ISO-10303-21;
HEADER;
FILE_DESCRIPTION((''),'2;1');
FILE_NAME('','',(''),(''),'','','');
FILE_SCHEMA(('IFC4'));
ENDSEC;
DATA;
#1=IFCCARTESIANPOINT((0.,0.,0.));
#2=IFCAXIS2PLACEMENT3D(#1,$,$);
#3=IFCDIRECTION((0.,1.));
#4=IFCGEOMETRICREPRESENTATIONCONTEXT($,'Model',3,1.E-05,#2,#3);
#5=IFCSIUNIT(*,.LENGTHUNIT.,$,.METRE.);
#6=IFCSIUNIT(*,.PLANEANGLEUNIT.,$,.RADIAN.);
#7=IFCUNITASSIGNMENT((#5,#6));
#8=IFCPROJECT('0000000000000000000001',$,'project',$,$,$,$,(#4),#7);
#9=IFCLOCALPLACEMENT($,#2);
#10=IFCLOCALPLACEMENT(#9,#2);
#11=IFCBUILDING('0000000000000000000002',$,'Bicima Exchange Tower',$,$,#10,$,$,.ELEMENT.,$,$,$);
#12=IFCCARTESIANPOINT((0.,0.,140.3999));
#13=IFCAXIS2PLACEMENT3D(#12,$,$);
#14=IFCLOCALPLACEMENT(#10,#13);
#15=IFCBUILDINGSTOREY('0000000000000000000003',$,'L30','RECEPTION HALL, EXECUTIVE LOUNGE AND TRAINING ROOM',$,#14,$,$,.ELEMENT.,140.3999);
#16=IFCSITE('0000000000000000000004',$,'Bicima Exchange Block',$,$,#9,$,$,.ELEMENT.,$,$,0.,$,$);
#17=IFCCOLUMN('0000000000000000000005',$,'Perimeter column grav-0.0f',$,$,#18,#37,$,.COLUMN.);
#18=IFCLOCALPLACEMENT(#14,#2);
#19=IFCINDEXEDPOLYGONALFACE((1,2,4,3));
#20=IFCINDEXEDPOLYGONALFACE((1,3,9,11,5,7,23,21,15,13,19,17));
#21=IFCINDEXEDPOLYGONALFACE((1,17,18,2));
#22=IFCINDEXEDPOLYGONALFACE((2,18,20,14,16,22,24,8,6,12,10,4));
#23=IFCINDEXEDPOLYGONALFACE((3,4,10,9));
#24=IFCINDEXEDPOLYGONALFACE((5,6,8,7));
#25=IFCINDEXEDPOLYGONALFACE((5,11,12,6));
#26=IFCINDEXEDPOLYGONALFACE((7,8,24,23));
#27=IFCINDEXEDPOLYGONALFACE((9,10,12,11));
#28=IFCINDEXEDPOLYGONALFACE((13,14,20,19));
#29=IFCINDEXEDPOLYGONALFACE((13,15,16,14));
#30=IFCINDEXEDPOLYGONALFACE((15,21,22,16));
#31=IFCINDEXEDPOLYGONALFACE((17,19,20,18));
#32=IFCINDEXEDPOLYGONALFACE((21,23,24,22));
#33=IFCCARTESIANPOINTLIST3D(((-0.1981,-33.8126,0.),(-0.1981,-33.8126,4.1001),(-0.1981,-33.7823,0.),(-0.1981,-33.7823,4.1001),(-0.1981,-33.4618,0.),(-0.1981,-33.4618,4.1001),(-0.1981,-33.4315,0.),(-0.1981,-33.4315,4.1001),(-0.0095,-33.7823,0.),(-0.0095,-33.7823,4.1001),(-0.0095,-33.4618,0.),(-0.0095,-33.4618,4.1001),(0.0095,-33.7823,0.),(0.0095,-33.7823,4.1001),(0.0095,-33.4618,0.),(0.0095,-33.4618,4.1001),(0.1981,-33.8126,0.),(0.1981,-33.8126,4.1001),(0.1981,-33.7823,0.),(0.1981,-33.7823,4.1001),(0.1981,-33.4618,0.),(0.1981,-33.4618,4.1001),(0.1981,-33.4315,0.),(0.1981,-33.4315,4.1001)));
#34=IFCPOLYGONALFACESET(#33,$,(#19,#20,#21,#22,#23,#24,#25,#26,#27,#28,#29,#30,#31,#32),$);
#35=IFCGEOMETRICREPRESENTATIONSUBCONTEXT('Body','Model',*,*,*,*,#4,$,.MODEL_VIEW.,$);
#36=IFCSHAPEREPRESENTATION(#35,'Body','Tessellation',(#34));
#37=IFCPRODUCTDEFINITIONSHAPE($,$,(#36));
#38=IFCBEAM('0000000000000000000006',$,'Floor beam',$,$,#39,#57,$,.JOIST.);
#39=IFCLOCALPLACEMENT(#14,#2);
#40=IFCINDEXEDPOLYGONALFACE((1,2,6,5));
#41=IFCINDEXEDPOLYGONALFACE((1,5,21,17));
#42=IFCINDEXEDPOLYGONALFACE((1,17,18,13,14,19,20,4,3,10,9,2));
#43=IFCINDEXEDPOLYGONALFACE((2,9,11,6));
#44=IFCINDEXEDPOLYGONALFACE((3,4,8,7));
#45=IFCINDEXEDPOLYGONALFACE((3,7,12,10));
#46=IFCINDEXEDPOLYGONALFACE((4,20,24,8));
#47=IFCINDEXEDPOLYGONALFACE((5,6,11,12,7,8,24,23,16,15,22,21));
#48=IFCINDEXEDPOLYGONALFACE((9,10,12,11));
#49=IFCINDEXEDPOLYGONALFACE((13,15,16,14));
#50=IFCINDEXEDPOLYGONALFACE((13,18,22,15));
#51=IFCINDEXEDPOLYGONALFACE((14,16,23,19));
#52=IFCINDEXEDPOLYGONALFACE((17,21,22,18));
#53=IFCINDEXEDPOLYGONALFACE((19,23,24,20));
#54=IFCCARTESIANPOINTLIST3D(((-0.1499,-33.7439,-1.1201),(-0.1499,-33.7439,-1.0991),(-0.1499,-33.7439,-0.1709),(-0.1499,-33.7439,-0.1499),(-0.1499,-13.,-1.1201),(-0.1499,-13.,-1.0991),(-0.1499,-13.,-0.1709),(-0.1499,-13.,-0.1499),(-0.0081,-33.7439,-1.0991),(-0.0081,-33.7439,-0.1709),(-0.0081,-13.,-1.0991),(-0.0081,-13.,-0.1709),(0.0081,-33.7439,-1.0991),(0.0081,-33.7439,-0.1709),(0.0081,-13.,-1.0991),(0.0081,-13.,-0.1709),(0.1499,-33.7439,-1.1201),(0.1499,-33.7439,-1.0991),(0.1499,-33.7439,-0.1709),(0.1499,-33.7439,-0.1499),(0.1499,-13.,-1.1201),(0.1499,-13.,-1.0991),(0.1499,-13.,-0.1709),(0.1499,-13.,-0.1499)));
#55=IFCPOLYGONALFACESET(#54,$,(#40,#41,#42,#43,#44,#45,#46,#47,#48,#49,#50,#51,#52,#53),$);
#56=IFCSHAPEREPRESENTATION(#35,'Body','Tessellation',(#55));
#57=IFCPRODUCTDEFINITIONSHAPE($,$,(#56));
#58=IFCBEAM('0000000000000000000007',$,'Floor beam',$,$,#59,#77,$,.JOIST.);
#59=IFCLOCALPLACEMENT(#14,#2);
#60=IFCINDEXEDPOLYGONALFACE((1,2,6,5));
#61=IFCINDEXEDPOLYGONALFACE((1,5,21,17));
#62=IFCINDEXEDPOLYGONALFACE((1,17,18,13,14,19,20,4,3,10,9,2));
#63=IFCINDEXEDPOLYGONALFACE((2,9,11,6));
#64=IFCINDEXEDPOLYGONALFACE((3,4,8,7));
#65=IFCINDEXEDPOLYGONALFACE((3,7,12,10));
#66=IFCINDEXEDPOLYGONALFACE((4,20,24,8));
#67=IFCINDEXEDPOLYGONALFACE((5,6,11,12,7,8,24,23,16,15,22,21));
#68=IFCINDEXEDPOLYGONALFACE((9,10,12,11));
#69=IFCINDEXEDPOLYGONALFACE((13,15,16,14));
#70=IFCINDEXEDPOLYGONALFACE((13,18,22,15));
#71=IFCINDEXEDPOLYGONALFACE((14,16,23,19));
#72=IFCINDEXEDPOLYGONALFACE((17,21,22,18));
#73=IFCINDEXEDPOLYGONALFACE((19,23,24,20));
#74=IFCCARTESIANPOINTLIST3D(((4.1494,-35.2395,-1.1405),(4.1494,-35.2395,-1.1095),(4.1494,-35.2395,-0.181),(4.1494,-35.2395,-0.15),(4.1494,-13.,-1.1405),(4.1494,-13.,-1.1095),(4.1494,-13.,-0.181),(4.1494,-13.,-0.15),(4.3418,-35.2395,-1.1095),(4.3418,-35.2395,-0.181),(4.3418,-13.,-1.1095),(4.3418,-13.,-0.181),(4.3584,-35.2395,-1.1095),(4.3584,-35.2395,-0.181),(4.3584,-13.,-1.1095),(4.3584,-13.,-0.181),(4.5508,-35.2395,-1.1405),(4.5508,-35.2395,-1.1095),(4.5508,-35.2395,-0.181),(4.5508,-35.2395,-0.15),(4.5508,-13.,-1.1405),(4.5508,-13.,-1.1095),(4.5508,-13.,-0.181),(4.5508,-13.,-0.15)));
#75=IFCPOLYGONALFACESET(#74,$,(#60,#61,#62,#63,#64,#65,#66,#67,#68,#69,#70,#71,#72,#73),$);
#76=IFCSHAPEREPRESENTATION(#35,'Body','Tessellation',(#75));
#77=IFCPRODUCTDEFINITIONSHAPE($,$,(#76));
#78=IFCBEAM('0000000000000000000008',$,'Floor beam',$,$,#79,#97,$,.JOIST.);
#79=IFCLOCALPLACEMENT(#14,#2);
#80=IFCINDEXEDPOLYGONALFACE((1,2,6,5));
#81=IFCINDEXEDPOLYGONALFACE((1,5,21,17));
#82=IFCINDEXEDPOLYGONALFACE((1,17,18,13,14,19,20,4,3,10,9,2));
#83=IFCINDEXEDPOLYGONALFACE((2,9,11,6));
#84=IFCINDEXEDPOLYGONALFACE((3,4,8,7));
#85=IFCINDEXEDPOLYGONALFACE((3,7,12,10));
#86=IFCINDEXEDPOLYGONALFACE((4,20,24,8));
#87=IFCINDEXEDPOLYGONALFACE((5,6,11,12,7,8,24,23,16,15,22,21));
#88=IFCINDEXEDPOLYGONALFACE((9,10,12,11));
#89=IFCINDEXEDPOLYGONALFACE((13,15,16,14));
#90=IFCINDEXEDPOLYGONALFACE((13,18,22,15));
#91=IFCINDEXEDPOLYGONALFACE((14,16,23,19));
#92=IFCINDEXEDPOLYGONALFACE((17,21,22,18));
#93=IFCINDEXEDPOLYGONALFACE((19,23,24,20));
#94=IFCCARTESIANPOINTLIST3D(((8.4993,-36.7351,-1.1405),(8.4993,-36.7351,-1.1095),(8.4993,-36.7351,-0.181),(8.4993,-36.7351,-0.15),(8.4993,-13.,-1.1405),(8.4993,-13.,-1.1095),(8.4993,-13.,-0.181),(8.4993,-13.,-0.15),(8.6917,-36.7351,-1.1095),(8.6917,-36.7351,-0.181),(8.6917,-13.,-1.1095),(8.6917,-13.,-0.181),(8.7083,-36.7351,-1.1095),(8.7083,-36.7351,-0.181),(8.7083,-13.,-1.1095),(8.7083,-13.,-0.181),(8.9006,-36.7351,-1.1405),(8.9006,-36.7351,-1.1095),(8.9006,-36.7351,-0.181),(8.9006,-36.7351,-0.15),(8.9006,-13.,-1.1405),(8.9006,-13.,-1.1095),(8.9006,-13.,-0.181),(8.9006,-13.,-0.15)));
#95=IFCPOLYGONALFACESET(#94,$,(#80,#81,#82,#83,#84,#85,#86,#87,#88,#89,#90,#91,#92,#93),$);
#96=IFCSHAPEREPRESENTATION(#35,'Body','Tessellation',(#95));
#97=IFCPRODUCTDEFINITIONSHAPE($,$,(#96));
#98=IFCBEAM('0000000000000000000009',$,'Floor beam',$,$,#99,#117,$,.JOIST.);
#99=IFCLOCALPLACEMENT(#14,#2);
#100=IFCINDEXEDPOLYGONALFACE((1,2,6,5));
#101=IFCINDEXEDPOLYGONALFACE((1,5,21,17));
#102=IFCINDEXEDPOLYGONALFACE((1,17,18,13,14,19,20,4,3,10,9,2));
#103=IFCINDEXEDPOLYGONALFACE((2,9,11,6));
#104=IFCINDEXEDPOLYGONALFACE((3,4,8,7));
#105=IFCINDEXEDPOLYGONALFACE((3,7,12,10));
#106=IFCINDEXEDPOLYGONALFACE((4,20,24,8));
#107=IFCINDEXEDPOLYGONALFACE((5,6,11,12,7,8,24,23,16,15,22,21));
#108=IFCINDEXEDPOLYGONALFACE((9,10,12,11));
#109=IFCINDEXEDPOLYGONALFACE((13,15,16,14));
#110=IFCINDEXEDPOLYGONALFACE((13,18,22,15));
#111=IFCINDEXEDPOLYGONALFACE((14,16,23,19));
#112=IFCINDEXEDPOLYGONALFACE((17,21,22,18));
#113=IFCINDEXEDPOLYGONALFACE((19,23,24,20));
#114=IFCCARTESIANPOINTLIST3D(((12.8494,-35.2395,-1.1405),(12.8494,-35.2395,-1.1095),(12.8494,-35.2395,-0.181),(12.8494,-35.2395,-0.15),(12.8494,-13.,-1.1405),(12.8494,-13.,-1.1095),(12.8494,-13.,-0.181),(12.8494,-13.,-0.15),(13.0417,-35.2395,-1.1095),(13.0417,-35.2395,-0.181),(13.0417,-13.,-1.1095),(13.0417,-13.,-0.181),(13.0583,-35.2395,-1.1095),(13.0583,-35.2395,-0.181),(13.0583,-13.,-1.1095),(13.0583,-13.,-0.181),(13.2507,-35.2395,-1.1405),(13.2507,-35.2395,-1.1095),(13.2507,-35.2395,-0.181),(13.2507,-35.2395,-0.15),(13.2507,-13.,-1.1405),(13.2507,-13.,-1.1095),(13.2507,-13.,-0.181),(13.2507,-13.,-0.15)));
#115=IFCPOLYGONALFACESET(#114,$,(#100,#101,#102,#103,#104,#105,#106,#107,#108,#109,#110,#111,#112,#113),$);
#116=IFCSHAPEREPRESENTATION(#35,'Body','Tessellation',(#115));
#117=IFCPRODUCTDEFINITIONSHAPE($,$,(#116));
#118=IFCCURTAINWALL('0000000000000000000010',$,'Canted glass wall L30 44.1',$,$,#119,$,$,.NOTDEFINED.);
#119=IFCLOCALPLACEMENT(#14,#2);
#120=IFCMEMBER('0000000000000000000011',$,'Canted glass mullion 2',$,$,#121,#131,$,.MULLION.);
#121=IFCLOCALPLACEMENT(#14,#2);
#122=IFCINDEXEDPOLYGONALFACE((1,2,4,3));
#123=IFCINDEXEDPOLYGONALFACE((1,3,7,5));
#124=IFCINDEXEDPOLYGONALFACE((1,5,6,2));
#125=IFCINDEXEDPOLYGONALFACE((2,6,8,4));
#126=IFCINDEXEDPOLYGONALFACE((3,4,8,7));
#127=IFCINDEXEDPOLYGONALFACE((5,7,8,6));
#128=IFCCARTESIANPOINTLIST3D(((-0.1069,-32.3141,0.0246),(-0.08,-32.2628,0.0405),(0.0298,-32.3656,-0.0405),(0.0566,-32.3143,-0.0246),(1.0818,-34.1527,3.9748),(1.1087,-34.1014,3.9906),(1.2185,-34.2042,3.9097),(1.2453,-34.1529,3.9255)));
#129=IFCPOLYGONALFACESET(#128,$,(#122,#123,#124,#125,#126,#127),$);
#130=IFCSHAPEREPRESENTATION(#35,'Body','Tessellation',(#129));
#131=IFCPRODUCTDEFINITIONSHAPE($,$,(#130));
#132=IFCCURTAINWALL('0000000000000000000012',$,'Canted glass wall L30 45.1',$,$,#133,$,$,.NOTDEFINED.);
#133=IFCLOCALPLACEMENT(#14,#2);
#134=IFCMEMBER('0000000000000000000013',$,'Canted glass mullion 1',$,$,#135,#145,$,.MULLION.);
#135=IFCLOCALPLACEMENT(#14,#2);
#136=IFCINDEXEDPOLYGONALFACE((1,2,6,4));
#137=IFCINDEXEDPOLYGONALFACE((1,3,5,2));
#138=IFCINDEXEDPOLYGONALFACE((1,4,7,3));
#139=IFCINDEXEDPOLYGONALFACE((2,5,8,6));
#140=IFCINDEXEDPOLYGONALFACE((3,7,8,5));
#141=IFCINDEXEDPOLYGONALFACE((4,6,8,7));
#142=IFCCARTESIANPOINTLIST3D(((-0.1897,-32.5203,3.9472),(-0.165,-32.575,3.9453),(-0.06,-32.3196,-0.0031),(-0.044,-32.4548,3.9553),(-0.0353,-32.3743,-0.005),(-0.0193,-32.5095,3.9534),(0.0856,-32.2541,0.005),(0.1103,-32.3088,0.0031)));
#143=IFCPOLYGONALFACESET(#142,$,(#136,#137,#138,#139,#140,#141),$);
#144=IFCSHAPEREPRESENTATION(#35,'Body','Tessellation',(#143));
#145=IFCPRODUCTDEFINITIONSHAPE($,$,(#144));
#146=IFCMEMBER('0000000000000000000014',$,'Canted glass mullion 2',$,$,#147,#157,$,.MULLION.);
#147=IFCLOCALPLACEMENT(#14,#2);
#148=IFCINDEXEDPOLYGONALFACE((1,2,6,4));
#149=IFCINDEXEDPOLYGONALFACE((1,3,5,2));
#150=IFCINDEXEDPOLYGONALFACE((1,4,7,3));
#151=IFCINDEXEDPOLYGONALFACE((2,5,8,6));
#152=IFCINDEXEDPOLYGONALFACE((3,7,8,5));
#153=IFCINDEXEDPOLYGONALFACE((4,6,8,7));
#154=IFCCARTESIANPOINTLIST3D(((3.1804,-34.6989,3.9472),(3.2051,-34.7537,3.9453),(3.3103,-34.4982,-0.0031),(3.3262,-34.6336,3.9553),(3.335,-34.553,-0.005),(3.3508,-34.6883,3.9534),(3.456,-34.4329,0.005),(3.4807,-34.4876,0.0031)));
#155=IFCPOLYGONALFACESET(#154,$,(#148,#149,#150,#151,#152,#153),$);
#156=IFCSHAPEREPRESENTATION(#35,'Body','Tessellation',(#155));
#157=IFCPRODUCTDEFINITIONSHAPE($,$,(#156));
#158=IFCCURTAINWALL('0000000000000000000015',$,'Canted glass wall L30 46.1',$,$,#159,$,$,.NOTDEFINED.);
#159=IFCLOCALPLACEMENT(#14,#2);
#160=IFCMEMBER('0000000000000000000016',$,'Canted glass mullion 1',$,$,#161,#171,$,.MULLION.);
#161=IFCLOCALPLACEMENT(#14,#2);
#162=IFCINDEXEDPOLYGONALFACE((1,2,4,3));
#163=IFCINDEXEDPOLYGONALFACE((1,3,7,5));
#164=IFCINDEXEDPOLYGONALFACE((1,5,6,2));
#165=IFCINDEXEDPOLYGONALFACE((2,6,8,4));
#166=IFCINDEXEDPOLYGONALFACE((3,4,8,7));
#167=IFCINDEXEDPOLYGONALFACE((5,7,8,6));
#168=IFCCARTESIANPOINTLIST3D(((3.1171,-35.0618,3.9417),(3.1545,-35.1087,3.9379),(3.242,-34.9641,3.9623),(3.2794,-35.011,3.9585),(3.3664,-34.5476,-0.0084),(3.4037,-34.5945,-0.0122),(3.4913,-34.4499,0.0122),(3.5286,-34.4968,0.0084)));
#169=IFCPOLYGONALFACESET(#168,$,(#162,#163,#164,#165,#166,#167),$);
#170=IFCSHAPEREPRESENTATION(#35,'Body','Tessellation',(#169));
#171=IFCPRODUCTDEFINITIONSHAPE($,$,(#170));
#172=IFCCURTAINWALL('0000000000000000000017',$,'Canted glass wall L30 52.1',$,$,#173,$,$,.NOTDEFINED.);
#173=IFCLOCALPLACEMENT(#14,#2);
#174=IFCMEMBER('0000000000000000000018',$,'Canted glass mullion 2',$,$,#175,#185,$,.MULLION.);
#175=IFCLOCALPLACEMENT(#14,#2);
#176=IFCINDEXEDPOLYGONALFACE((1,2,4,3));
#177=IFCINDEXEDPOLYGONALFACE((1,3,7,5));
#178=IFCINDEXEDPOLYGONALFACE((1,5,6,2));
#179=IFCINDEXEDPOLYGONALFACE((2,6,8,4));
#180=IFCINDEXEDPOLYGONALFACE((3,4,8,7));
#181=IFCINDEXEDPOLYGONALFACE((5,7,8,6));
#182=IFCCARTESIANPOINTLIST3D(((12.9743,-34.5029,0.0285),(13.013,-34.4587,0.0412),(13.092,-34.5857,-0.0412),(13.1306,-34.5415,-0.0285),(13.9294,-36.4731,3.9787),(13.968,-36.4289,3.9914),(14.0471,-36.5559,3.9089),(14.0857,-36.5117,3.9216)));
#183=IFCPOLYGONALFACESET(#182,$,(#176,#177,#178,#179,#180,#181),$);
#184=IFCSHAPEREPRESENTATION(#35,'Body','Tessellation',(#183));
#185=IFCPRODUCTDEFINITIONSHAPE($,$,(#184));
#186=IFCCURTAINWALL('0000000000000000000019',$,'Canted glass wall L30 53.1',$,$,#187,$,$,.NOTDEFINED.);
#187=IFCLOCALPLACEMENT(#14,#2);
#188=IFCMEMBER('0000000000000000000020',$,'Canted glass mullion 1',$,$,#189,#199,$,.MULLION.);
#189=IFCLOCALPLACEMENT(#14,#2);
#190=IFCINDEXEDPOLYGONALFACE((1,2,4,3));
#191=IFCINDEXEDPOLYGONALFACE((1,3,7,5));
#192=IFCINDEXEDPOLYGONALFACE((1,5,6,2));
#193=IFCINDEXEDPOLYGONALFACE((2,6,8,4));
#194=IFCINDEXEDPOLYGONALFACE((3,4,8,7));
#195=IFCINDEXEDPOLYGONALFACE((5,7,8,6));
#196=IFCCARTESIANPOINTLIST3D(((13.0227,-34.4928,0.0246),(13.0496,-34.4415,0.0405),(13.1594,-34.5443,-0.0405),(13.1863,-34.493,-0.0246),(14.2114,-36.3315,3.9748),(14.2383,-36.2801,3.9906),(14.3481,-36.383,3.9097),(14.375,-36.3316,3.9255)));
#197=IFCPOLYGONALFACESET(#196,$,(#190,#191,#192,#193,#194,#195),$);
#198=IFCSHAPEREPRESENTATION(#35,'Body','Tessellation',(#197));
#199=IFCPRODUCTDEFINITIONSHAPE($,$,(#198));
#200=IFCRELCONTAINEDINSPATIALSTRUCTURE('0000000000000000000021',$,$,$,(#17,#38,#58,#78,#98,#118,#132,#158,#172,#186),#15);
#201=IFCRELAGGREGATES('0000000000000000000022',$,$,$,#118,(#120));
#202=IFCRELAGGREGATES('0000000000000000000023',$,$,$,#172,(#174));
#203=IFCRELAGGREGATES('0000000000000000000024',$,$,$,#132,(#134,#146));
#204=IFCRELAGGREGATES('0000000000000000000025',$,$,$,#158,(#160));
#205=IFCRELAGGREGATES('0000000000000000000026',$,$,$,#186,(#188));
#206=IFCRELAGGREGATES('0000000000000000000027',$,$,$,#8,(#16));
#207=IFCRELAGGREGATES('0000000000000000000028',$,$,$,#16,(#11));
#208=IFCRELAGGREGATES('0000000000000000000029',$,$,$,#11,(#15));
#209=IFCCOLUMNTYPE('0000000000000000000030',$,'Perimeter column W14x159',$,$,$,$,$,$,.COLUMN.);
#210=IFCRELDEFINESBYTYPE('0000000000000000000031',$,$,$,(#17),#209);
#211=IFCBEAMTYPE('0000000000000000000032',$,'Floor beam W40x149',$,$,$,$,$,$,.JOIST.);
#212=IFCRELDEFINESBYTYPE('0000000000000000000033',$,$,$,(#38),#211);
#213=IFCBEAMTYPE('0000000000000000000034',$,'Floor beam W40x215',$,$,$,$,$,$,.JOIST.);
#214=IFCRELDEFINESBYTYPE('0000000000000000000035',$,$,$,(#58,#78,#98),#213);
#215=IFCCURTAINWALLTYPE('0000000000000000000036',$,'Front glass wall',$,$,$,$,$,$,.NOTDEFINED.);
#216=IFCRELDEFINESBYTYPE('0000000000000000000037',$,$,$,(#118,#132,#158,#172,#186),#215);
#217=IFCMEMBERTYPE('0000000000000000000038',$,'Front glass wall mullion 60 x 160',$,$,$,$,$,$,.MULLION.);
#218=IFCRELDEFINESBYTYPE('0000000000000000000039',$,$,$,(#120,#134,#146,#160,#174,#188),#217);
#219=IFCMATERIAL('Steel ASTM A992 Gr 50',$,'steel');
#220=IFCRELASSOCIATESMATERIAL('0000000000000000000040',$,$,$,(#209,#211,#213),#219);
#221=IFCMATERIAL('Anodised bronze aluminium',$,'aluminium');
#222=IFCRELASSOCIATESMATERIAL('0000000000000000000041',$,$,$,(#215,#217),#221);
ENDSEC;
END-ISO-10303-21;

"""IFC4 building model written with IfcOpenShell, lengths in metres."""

from ifc_helpers import new_model, si_unit, direction, frame, origin, origin_2d, place, context, subcontext, project, spatial, rectangle, i_section, extrude, material, material_profile, profile_set, type_object, element, aggregate, save


model = new_model("IFC4")

# Units and contexts
model_context = context("Model", 3, precision=1e-05, world=origin(), true_north=direction((0.0, 1.0)))
body_context = subcontext(model_context, "Body", "Model", "MODEL_VIEW")
ifc_project = project(units=[si_unit("LENGTHUNIT", "METRE"), si_unit("PLANEANGLEUNIT", "RADIAN")], contexts=[model_context])

# Site, building, storey
site_placement = place(None, origin())
site = spatial("IfcSite", under=ifc_project, at=site_placement, Name="Bicima Exchange Block", CompositionType="ELEMENT", RefElevation=0.0)
building_placement = place(site_placement, origin())
building = spatial("IfcBuilding", under=site, at=building_placement, Name="Bicima Exchange Tower", CompositionType="ELEMENT")
storey_placement = place(building_placement, frame((0.0, 0.0, 140.3999)))
storey = spatial("IfcBuildingStorey", under=building, at=storey_placement, Name="L30", Description="RECEPTION HALL, EXECUTIVE LOUNGE AND TRAINING ROOM", CompositionType="ELEMENT", Elevation=140.3999)

# Column
ifc_material_1 = material(Name="Steel ASTM A992 Gr 50", Category="steel")
ifc_material_profile_1 = material_profile(ifc_material_1, i_section(OverallWidth=0.3962, OverallDepth=0.3811, WebThickness=0.019, FlangeThickness=0.0303, at=origin_2d()))
ifc_profile_set_1 = profile_set([ifc_material_profile_1], Name="Steel ASTM A992 Gr 50")
column_type = type_object("IfcColumnType", Name="Perimeter column W14x159", PredefinedType="COLUMN", material=ifc_profile_set_1)
column_placement = place(storey_placement, frame((0.0, -33.6221, 0.0), z_axis=(0.0, 0.0, 1.0), x_axis=(1.0, 0.0, 0.0)))
element("IfcColumn", 1, at=column_placement, inside=storey, type_object=column_type, Name="Perimeter column grav-0.0f", PredefinedType="COLUMN", context=body_context, shape_type="SweptSolid", body=[
    extrude(i_section(OverallWidth=0.3962, OverallDepth=0.3811, WebThickness=0.019, FlangeThickness=0.0303, at=origin_2d()), origin(), (0.0, 0.0, 1.0), 4.1001),
])

# Beams
ifc_material_profile_2 = material_profile(ifc_material_1, i_section(OverallWidth=0.2998, OverallDepth=0.9702, WebThickness=0.0161, FlangeThickness=0.021, at=origin_2d()))
ifc_profile_set_2 = profile_set([ifc_material_profile_2], Name="Steel ASTM A992 Gr 50")
beam_type_1 = type_object("IfcBeamType", Name="Floor beam W40x149", PredefinedType="JOIST", material=ifc_profile_set_2)
beam_1_placement = place(storey_placement, frame((0.0, -13.0, -0.635), z_axis=(0.0, -1.0, 0.0), x_axis=(1.0, 0.0, 0.0)))
element("IfcBeam", 2, at=beam_1_placement, inside=storey, type_object=beam_type_1, Name="Floor beam", PredefinedType="JOIST", context=body_context, shape_type="SweptSolid", body=[
    extrude(i_section(OverallWidth=0.2998, OverallDepth=0.9702, WebThickness=0.0161, FlangeThickness=0.021, at=origin_2d()), origin(), (0.0, 0.0, 1.0), 20.7439),
])
ifc_material_profile_3 = material_profile(ifc_material_1, i_section(OverallWidth=0.4014, OverallDepth=0.9905, WebThickness=0.0166, FlangeThickness=0.031, at=origin_2d()))
ifc_profile_set_3 = profile_set([ifc_material_profile_3], Name="Steel ASTM A992 Gr 50")
beam_type_2 = type_object("IfcBeamType", Name="Floor beam W40x215", PredefinedType="JOIST", material=ifc_profile_set_3)
beam_2_placement = place(storey_placement, frame((4.3501, -13.0, -0.6453), z_axis=(0.0, -1.0, 0.0), x_axis=(1.0, 0.0, 0.0)))
element("IfcBeam", 3, at=beam_2_placement, inside=storey, type_object=beam_type_2, Name="Floor beam", PredefinedType="JOIST", context=body_context, shape_type="SweptSolid", body=[
    extrude(i_section(OverallWidth=0.4014, OverallDepth=0.9905, WebThickness=0.0166, FlangeThickness=0.031, at=origin_2d()), origin(), (0.0, 0.0, 1.0), 22.2395),
])
beam_3_placement = place(storey_placement, frame((8.7, -13.0, -0.6453), z_axis=(0.0, -1.0, 0.0), x_axis=(1.0, 0.0, 0.0)))
element("IfcBeam", 4, at=beam_3_placement, inside=storey, type_object=beam_type_2, Name="Floor beam", PredefinedType="JOIST", context=body_context, shape_type="SweptSolid", body=[
    extrude(i_section(OverallWidth=0.4014, OverallDepth=0.9905, WebThickness=0.0166, FlangeThickness=0.031, at=origin_2d()), origin(), (0.0, 0.0, 1.0), 23.7351),
])
beam_4_placement = place(storey_placement, frame((13.05, -13.0, -0.6453), z_axis=(0.0, -1.0, 0.0), x_axis=(1.0, 0.0, 0.0)))
element("IfcBeam", 5, at=beam_4_placement, inside=storey, type_object=beam_type_2, Name="Floor beam", PredefinedType="JOIST", context=body_context, shape_type="SweptSolid", body=[
    extrude(i_section(OverallWidth=0.4014, OverallDepth=0.9905, WebThickness=0.0166, FlangeThickness=0.031, at=origin_2d()), origin(), (0.0, 0.0, 1.0), 22.2395),
])

# Curtain wall, member
ifc_material_2 = material(Name="Anodised bronze aluminium", Category="aluminium")
curtain_wall_type = type_object("IfcCurtainWallType", Name="Front glass wall", PredefinedType="NOTDEFINED", material=ifc_material_2)
curtain_wall_1_placement = place(storey_placement, origin())
curtain_wall_1 = element("IfcCurtainWall", 6, at=curtain_wall_1_placement, inside=storey, type_object=curtain_wall_type, Name="Canted glass wall L30 44.1", PredefinedType="NOTDEFINED")
ifc_material_profile_4 = material_profile(ifc_material_2, rectangle(XDim=0.1599, YDim=0.0601, at=origin_2d()))
ifc_profile_set_4 = profile_set([ifc_material_profile_4], Name="Anodised bronze aluminium")
member_type = type_object("IfcMemberType", Name="Front glass wall mullion 60 x 160", PredefinedType="MULLION", material=ifc_profile_set_4)
member_1_placement = place(storey_placement, frame((-0.0251, -32.3142, 0.0), z_axis=(0.263202, -0.407102, 0.874639), x_axis=(-0.854711, 0.322069, 0.407113)))
member_1 = element("IfcMember", 7, at=member_1_placement, type_object=member_type, Name="Canted glass mullion 2", PredefinedType="MULLION", context=body_context, shape_type="SweptSolid", body=[
    extrude(rectangle(XDim=0.1599, YDim=0.0601, at=origin_2d()), origin(), (0.0, 0.0, 1.0), 4.5164),
])
aggregate(curtain_wall_1, [member_1])

# Curtain wall, members
curtain_wall_2_placement = place(storey_placement, origin())
curtain_wall_2 = element("IfcCurtainWall", 8, at=curtain_wall_2_placement, inside=storey, type_object=curtain_wall_type, Name="Canted glass wall L30 45.1", PredefinedType="NOTDEFINED")
member_2_placement = place(storey_placement, frame((0.0251, -32.3142, 0.0), z_axis=(-0.032758, -0.050711, 0.998176), x_axis=(0.910882, 0.409541, 0.0507)))
member_2 = element("IfcMember", 9, at=member_2_placement, type_object=member_type, Name="Canted glass mullion 1", PredefinedType="MULLION", context=body_context, shape_type="SweptSolid", body=[
    extrude(rectangle(XDim=0.1599, YDim=0.0601, at=origin_2d()), origin(), (0.0, 0.0, 1.0), 3.9575),
])
member_3_placement = place(storey_placement, frame((3.3955, -34.4929, 0.0), z_axis=(-0.03282, -0.050711, 0.998174), x_axis=(0.911232, 0.408758, 0.050728)))
member_3 = element("IfcMember", 10, at=member_3_placement, type_object=member_type, Name="Canted glass mullion 2", PredefinedType="MULLION", context=body_context, shape_type="SweptSolid", body=[
    extrude(rectangle(XDim=0.1599, YDim=0.0601, at=origin_2d()), origin(), (0.0, 0.0, 1.0), 3.9575),
])

# Curtain walls, members
curtain_wall_3_placement = place(storey_placement, origin())
curtain_wall_3 = element("IfcCurtainWall", 11, at=curtain_wall_3_placement, inside=storey, type_object=curtain_wall_type, Name="Canted glass wall L30 46.1", PredefinedType="NOTDEFINED")
member_4_placement = place(storey_placement, frame((3.4475, -34.5222, 0.0), z_axis=(-0.062453, -0.12882, 0.989699), x_axis=(0.781052, 0.611035, 0.128819)))
member_4 = element("IfcMember", 12, at=member_4_placement, type_object=member_type, Name="Canted glass mullion 1", PredefinedType="MULLION", context=body_context, shape_type="SweptSolid", body=[
    extrude(rectangle(XDim=0.1599, YDim=0.0601, at=origin_2d()), origin(), (0.0, 0.0, 1.0), 3.9912),
])
curtain_wall_4_placement = place(storey_placement, origin())
curtain_wall_4 = element("IfcCurtainWall", 13, at=curtain_wall_4_placement, inside=storey, type_object=curtain_wall_type, Name="Canted glass wall L30 52.1", PredefinedType="NOTDEFINED")
member_5_placement = place(storey_placement, frame((13.0525, -34.5222, 0.0), z_axis=(0.211468, -0.436235, 0.874632), x_axis=(-0.735863, 0.517894, 0.436224)))
member_5 = element("IfcMember", 14, at=member_5_placement, type_object=member_type, Name="Canted glass mullion 2", PredefinedType="MULLION", context=body_context, shape_type="SweptSolid", body=[
    extrude(rectangle(XDim=0.1599, YDim=0.0601, at=origin_2d()), origin(), (0.0, 0.0, 1.0), 4.5164),
])
aggregate(curtain_wall_4, [member_5])

# Curtain wall, member
curtain_wall_5_placement = place(storey_placement, origin())
curtain_wall_5 = element("IfcCurtainWall", 15, at=curtain_wall_5_placement, inside=storey, type_object=curtain_wall_type, Name="Canted glass wall L30 53.1", PredefinedType="NOTDEFINED")
member_6_placement = place(storey_placement, frame((13.1045, -34.4929, 0.0), z_axis=(0.263202, -0.407102, 0.874639), x_axis=(-0.85471, 0.32207, 0.407113)))
member_6 = element("IfcMember", 16, at=member_6_placement, type_object=member_type, Name="Canted glass mullion 1", PredefinedType="MULLION", context=body_context, shape_type="SweptSolid", body=[
    extrude(rectangle(XDim=0.1599, YDim=0.0601, at=origin_2d()), origin(), (0.0, 0.0, 1.0), 4.5164),
])

aggregate(curtain_wall_2, [member_2, member_3])
aggregate(curtain_wall_3, [member_4])
aggregate(curtain_wall_5, [member_6])

save(model, "model.ifc")
